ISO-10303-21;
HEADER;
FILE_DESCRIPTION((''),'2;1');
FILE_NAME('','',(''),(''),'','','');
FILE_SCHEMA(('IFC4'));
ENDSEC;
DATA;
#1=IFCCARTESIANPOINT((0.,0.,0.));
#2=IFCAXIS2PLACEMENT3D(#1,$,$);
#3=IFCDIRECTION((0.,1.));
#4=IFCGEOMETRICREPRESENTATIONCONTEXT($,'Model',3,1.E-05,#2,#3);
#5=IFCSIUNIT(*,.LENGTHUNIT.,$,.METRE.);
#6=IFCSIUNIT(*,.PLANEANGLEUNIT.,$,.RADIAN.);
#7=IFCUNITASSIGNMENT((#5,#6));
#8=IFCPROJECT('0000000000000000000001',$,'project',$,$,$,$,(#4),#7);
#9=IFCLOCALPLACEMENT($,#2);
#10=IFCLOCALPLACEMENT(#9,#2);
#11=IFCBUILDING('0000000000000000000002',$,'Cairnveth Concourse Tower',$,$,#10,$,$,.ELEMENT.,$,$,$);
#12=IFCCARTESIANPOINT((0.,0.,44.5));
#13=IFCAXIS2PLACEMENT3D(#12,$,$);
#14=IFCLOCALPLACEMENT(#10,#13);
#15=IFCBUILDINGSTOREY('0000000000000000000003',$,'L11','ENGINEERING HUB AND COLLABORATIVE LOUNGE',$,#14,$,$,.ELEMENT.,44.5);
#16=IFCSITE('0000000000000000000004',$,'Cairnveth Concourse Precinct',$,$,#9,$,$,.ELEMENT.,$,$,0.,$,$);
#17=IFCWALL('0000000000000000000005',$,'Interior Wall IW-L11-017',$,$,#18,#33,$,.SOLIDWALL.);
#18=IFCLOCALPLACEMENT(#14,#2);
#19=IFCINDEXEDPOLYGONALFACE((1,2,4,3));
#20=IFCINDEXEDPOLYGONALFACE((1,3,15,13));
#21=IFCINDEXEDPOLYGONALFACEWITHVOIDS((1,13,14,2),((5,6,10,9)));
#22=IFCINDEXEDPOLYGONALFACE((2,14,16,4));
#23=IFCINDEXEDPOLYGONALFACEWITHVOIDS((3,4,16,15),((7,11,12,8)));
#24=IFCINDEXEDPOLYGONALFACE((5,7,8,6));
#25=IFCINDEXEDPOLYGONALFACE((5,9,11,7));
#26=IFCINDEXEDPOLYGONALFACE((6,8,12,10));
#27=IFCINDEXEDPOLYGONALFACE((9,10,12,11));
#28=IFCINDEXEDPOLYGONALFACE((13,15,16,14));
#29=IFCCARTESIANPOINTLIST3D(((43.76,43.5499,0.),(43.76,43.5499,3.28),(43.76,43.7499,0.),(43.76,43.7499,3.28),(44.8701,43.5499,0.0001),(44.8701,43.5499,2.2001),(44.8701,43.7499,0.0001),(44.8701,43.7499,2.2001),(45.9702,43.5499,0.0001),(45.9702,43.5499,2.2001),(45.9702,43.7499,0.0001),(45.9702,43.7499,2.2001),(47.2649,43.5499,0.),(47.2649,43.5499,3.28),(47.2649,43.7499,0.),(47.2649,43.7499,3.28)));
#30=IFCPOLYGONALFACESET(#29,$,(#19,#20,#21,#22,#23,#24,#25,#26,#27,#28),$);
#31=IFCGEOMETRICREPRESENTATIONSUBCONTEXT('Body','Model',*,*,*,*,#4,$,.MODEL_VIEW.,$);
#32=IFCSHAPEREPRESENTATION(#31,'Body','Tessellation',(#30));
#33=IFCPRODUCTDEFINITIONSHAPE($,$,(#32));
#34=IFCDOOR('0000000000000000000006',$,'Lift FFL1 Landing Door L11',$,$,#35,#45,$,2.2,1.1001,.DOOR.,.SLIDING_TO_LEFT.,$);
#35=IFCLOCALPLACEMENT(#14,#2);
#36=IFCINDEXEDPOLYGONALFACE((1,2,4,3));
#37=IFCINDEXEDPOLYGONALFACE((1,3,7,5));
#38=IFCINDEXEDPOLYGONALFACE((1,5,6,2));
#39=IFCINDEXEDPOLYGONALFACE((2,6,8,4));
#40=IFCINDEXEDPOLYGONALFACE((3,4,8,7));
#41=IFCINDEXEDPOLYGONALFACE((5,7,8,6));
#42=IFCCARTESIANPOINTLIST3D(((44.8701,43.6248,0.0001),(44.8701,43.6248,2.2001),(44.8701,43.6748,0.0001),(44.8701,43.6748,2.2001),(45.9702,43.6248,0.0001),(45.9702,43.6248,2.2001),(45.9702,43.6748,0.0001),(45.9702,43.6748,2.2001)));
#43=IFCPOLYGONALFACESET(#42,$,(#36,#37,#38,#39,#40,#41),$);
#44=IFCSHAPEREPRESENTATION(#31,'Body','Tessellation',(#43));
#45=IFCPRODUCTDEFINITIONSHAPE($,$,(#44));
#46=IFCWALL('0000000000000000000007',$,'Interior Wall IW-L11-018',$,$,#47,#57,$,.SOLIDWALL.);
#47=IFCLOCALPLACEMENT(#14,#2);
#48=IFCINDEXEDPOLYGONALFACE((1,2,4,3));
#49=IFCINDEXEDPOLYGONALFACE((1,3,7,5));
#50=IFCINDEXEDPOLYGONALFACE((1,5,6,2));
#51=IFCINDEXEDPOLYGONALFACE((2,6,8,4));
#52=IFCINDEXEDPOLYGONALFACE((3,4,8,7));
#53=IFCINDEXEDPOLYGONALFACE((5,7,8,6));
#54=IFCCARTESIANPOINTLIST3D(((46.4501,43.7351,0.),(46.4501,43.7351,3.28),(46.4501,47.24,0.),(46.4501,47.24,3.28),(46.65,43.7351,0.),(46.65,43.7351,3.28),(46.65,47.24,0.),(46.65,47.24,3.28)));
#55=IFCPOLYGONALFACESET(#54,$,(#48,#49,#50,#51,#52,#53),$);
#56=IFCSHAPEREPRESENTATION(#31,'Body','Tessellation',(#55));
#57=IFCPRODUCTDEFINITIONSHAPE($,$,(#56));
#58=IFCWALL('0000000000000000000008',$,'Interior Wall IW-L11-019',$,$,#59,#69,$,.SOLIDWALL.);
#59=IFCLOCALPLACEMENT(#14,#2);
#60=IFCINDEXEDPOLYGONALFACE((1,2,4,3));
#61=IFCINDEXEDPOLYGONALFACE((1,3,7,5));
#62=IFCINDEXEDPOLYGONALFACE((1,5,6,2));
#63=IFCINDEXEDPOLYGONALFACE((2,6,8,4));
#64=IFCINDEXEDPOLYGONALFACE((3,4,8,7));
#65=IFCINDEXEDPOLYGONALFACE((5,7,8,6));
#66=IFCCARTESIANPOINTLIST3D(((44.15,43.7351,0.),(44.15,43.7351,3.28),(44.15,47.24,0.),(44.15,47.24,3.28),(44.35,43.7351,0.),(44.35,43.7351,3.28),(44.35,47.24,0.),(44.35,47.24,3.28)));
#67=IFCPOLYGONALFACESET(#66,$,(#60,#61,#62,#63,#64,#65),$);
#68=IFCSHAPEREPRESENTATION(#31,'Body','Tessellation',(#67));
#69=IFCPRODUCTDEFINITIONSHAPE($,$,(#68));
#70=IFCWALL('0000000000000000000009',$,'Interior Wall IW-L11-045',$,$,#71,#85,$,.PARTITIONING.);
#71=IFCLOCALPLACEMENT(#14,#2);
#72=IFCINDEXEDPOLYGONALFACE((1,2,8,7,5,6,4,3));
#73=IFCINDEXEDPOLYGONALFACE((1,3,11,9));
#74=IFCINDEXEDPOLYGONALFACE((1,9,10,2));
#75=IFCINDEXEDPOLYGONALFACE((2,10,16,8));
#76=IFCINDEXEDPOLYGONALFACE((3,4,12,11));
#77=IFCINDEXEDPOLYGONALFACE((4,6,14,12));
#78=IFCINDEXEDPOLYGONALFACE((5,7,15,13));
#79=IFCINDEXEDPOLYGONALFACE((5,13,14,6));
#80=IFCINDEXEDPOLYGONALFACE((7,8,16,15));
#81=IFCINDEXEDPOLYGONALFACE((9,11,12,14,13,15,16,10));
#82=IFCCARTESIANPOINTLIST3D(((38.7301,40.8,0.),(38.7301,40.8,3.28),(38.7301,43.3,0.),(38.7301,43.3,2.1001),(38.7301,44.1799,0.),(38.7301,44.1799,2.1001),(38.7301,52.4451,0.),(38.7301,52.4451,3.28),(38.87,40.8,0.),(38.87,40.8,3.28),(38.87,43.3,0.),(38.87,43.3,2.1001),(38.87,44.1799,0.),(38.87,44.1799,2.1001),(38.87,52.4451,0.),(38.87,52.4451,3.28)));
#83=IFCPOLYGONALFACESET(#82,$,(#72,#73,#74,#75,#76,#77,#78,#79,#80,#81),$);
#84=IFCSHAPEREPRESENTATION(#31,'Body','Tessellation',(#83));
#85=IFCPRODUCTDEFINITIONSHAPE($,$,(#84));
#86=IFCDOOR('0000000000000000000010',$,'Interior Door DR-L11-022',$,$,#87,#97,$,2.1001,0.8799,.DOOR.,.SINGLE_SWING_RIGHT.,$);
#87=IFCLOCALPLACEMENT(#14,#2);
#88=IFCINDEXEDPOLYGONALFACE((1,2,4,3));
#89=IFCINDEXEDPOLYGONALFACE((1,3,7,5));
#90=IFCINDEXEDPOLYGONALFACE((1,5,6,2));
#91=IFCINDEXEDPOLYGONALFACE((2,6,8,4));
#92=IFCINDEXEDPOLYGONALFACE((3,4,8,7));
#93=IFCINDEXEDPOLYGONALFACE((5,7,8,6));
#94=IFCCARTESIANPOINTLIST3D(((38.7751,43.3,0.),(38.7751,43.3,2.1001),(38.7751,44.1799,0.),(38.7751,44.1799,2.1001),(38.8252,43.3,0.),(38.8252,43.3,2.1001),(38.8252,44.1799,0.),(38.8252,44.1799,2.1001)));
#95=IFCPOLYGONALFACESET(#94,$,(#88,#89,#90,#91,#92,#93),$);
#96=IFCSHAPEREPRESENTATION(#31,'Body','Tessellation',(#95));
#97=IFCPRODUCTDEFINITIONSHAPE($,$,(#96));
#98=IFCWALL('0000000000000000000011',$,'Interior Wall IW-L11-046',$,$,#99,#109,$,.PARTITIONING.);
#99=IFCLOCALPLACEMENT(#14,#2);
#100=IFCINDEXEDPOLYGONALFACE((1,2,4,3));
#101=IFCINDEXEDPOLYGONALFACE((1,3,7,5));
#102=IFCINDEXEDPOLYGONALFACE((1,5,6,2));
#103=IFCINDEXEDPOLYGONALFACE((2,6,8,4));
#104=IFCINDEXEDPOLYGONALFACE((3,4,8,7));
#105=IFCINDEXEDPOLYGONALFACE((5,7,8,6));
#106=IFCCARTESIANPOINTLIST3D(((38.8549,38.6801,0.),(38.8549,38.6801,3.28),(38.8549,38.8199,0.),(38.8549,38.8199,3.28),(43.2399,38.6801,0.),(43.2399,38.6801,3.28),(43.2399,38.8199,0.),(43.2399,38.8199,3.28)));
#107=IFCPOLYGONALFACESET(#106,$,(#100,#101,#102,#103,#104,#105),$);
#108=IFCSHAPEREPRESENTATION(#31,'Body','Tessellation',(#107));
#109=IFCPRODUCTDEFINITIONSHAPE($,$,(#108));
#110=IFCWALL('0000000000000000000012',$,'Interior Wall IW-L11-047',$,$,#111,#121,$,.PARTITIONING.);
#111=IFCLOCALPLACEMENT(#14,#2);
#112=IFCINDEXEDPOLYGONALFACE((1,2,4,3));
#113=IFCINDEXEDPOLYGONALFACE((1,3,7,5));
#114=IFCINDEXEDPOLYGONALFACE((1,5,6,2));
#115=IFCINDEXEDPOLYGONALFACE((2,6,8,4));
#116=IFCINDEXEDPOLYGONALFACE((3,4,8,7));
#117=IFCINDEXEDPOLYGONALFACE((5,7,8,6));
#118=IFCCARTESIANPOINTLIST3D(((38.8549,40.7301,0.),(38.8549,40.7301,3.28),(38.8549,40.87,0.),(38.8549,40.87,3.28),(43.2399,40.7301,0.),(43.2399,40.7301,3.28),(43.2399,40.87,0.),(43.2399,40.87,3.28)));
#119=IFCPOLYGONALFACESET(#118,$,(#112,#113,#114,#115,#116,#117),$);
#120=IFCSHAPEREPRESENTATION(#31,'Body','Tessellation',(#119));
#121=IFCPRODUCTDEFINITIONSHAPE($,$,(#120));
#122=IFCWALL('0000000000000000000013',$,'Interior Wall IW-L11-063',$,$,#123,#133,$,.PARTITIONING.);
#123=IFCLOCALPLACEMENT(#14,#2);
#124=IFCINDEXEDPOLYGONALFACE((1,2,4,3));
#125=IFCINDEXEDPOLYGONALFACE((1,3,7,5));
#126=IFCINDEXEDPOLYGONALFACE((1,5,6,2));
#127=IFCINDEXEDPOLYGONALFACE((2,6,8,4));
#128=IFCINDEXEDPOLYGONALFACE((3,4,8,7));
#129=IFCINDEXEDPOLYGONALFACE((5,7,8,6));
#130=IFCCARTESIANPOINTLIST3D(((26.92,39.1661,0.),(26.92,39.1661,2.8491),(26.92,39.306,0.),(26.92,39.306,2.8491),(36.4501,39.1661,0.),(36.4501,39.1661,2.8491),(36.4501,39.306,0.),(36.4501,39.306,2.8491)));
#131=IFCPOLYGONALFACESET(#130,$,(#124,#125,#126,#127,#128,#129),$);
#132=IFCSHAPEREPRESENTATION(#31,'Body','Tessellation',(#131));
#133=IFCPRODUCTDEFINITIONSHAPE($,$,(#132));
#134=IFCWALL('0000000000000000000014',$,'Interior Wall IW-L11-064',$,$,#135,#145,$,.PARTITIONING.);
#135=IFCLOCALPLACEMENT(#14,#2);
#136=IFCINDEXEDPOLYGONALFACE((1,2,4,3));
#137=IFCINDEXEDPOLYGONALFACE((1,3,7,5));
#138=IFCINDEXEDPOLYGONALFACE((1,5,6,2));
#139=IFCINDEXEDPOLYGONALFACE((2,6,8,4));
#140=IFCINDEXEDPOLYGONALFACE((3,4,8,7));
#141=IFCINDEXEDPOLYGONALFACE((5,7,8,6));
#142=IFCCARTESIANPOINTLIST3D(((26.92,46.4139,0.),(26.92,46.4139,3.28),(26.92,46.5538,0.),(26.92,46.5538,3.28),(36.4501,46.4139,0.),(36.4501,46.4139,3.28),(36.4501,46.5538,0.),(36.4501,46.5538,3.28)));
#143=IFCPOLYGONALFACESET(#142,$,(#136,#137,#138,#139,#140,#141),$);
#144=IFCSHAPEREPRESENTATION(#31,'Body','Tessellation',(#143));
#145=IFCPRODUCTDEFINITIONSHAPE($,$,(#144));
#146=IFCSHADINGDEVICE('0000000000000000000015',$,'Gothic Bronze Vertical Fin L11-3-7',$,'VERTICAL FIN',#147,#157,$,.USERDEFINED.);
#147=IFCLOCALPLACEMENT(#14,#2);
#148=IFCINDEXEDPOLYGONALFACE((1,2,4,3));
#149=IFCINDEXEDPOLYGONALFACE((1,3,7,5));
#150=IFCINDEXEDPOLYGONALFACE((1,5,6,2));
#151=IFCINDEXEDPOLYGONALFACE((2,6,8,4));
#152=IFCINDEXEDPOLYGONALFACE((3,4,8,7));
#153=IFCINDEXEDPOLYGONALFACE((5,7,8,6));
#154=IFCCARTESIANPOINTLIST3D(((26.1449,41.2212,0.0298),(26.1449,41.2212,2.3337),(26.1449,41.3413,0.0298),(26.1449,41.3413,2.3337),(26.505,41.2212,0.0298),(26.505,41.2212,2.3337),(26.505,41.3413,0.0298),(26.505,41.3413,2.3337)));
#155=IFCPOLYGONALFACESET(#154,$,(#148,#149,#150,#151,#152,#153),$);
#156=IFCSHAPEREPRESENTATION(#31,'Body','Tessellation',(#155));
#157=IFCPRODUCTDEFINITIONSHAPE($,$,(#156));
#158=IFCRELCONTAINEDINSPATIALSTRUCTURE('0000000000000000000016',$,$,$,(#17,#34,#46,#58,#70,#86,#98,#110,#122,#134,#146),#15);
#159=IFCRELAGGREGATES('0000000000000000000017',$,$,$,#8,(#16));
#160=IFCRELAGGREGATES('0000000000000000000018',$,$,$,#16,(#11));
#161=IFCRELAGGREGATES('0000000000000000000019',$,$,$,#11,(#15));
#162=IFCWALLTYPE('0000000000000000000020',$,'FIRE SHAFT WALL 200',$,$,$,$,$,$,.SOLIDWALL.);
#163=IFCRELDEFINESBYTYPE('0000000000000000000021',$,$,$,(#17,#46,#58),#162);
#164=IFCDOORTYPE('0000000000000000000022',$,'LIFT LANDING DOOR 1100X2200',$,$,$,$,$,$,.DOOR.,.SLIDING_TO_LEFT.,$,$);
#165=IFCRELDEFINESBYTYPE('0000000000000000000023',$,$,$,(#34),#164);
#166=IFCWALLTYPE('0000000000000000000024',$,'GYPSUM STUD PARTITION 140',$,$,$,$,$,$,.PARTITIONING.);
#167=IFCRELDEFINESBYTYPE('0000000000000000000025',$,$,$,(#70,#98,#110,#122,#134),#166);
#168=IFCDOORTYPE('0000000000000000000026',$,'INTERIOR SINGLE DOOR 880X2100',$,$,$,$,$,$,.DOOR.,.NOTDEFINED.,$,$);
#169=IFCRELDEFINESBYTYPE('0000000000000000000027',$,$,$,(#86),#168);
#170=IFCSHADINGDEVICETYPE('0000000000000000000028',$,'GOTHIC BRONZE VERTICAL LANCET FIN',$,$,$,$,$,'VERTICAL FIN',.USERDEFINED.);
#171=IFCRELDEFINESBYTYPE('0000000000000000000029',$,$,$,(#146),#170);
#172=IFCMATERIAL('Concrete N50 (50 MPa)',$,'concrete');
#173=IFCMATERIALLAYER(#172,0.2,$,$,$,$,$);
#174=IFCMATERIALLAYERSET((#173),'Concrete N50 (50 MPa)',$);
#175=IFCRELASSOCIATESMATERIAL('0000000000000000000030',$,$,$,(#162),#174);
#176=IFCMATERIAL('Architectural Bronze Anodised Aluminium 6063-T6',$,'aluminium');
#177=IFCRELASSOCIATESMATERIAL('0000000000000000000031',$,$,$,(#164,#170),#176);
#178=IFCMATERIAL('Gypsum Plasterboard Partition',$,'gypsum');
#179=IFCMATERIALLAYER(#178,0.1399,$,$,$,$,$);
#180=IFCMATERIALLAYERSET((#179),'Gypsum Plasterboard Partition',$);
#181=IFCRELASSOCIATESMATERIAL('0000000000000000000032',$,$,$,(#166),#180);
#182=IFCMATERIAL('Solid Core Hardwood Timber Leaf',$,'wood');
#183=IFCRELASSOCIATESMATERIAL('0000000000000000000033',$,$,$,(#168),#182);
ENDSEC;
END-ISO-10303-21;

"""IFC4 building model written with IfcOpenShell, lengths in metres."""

from ifc_helpers import new_model, si_unit, direction, frame, frame_2d, origin, origin_2d, place, context, subcontext, project, spatial, rectangle, extrude, material, layer, layer_set, type_object, element, fill, save


model = new_model("IFC4")

# Units and contexts
model_context = context("Model", 3, precision=1e-05, world=origin(), true_north=direction((0.0, 1.0)))
body_context = subcontext(model_context, "Body", "Model", "MODEL_VIEW")
ifc_project = project(units=[si_unit("LENGTHUNIT", "METRE"), si_unit("PLANEANGLEUNIT", "RADIAN")], contexts=[model_context])

# Site, building, storey
site_placement = place(None, origin())
site = spatial("IfcSite", under=ifc_project, at=site_placement, Name="Cairnveth Concourse Precinct", CompositionType="ELEMENT", RefElevation=0.0)
building_placement = place(site_placement, origin())
building = spatial("IfcBuilding", under=site, at=building_placement, Name="Cairnveth Concourse Tower", CompositionType="ELEMENT")
storey_placement = place(building_placement, frame((0.0, 0.0, 44.5)))
storey = spatial("IfcBuildingStorey", under=building, at=storey_placement, Name="L11", Description="ENGINEERING HUB AND COLLABORATIVE LOUNGE", CompositionType="ELEMENT", Elevation=44.5)

# Shared definitions
ifc_material_1 = material(Name="Concrete N50 (50 MPa)", Category="concrete")

# Shared definitions
ifc_layer_1 = layer(ifc_material_1, 0.2)
ifc_layer_set_1 = layer_set([ifc_layer_1], Name="Concrete N50 (50 MPa)")
wall_type_1 = type_object("IfcWallType", Name="FIRE SHAFT WALL 200", PredefinedType="SOLIDWALL", material=ifc_layer_set_1)

# Wall, opening, door
wall_1_placement = place(storey_placement, frame((43.76, 43.6499, 0.0), z_axis=(0.0, 0.0, 1.0), x_axis=(1.0, 0.0, 0.0)))
wall_1 = element("IfcWall", 1, at=wall_1_placement, inside=storey, type_object=wall_type_1, Name="Interior Wall IW-L11-017", PredefinedType="SOLIDWALL", context=body_context, shape_type="SweptSolid", body=[
    extrude(rectangle(XDim=3.5049, YDim=0.2, at=frame_2d((1.7524, 0.0))), origin(), (0.0, 0.0, 1.0), 3.28),
])
opening_1_placement = place(wall_1_placement, frame((1.1101, 0.0, 0.0)))
opening_1 = element("IfcOpeningElement", 2, at=opening_1_placement, cuts=wall_1, PredefinedType="OPENING", context=body_context, shape_type="SweptSolid", body=[
    extrude(rectangle(XDim=1.1001, YDim=2.2, at=frame_2d((0.55, 1.1001))), frame((0.0, 0.1099, 0.0), z_axis=(0.0, -1.0, 0.0), x_axis=(1.0, 0.0, 0.0)), (0.0, 0.0, 1.0), 0.22),
])
ifc_material_2 = material(Name="Architectural Bronze Anodised Aluminium 6063-T6", Category="aluminium")
door_type_1 = type_object("IfcDoorType", Name="LIFT LANDING DOOR 1100X2200", OperationType="SLIDING_TO_LEFT", PredefinedType="DOOR", material=ifc_material_2)
door_1_placement = place(opening_1_placement, origin())
door_1 = element("IfcDoor", 3, at=door_1_placement, inside=storey, type_object=door_type_1, Name="Lift FFL1 Landing Door L11", OperationType="SLIDING_TO_LEFT", OverallHeight=2.2, OverallWidth=1.1001, PredefinedType="DOOR", context=body_context, shape_type="SweptSolid", body=[
    extrude(rectangle(XDim=1.1001, YDim=2.2, at=frame_2d((0.55, 1.1001))), frame((0.0, 0.0249, 0.0), z_axis=(0.0, -1.0, 0.0), x_axis=(1.0, 0.0, 0.0)), (0.0, 0.0, 1.0), 0.05),
])
fill(opening_1, door_1)

# Walls
for number, where, z_axis, x_axis, name in (
    (4, (46.55, 43.7351, 0.0), (0.0, 0.0, 1.0), (0.0, 1.0, 0.0), "Interior Wall IW-L11-018"),
    (5, (44.25, 43.7351, 0.0), (0.0, 0.0, 1.0), (0.0, 1.0, 0.0), "Interior Wall IW-L11-019"),
):
    element("IfcWall", number, at=place(storey_placement, frame(where, z_axis=z_axis, x_axis=x_axis)), inside=storey, type_object=wall_type_1, Name=name, PredefinedType="SOLIDWALL", context=body_context, shape_type="SweptSolid", body=[
        extrude(rectangle(XDim=3.5049, YDim=0.2, at=frame_2d((1.7524, 0.0))), origin(), (0.0, 0.0, 1.0), 3.28),
    ])

# Wall, opening, door
ifc_material_3 = material(Name="Gypsum Plasterboard Partition", Category="gypsum")
ifc_layer_2 = layer(ifc_material_3, 0.1399)
ifc_layer_set_2 = layer_set([ifc_layer_2], Name="Gypsum Plasterboard Partition")
wall_type_2 = type_object("IfcWallType", Name="GYPSUM STUD PARTITION 140", PredefinedType="PARTITIONING", material=ifc_layer_set_2)
wall_2_placement = place(storey_placement, frame((38.8, 40.8, 0.0), z_axis=(0.0, 0.0, 1.0), x_axis=(0.0, 1.0, 0.0)))
wall_2 = element("IfcWall", 6, at=wall_2_placement, inside=storey, type_object=wall_type_2, Name="Interior Wall IW-L11-045", PredefinedType="PARTITIONING", context=body_context, shape_type="SweptSolid", body=[
    extrude(rectangle(XDim=11.645, YDim=0.1399, at=frame_2d((5.8225, 0.0))), origin(), (0.0, 0.0, 1.0), 3.28),
])
opening_2_placement = place(wall_2_placement, frame((2.5, 0.0, 0.0)))
opening_2 = element("IfcOpeningElement", 7, at=opening_2_placement, cuts=wall_2, PredefinedType="OPENING", context=body_context, shape_type="SweptSolid", body=[
    extrude(rectangle(XDim=0.8799, YDim=2.1001, at=frame_2d((0.4399, 1.05))), frame((0.0, 0.0798, 0.0), z_axis=(0.0, -1.0, 0.0), x_axis=(1.0, 0.0, 0.0)), (0.0, 0.0, 1.0), 0.1599),
])
ifc_material_4 = material(Name="Solid Core Hardwood Timber Leaf", Category="wood")
door_type_2 = type_object("IfcDoorType", Name="INTERIOR SINGLE DOOR 880X2100", OperationType="NOTDEFINED", PredefinedType="DOOR", material=ifc_material_4)
door_2_placement = place(opening_2_placement, origin())
door_2 = element("IfcDoor", 8, at=door_2_placement, inside=storey, type_object=door_type_2, Name="Interior Door DR-L11-022", OperationType="SINGLE_SWING_RIGHT", OverallHeight=2.1001, OverallWidth=0.8799, PredefinedType="DOOR", context=body_context, shape_type="SweptSolid", body=[
    extrude(rectangle(XDim=0.8799, YDim=2.1001, at=frame_2d((0.4399, 1.05))), frame((0.0, 0.0249, 0.0), z_axis=(0.0, -1.0, 0.0), x_axis=(1.0, 0.0, 0.0)), (0.0, 0.0, 1.0), 0.05),
])
fill(opening_2, door_2)

# Walls
for number, where, z_axis, x_axis, name in (
    (9, (38.855, 38.75, 0.0), (0.0, 0.0, 1.0), (1.0, 0.0, 0.0), "Interior Wall IW-L11-046"),
    (10, (38.855, 40.8, 0.0), (0.0, 0.0, 1.0), (1.0, 0.0, 0.0), "Interior Wall IW-L11-047"),
):
    element("IfcWall", number, at=place(storey_placement, frame(where, z_axis=z_axis, x_axis=x_axis)), inside=storey, type_object=wall_type_2, Name=name, PredefinedType="PARTITIONING", context=body_context, shape_type="SweptSolid", body=[
        extrude(rectangle(XDim=4.385, YDim=0.1399, at=frame_2d((2.1924, 0.0))), origin(), (0.0, 0.0, 1.0), 3.28),
    ])
wall_3_placement = place(storey_placement, frame((26.9199, 39.2361, 0.0), z_axis=(0.0, 0.0, 1.0), x_axis=(1.0, 0.0, 0.0)))
element("IfcWall", 11, at=wall_3_placement, inside=storey, type_object=wall_type_2, Name="Interior Wall IW-L11-063", PredefinedType="PARTITIONING", context=body_context, shape_type="SweptSolid", body=[
    extrude(rectangle(XDim=9.53, YDim=0.1399, at=frame_2d((4.7651, 0.0))), origin(), (0.0, 0.0, 1.0), 2.8491),
])
wall_4_placement = place(storey_placement, frame((26.9199, 46.4839, 0.0), z_axis=(0.0, 0.0, 1.0), x_axis=(1.0, 0.0, 0.0)))
element("IfcWall", 12, at=wall_4_placement, inside=storey, type_object=wall_type_2, Name="Interior Wall IW-L11-064", PredefinedType="PARTITIONING", context=body_context, shape_type="SweptSolid", body=[
    extrude(rectangle(XDim=9.53, YDim=0.1399, at=frame_2d((4.7651, 0.0))), origin(), (0.0, 0.0, 1.0), 3.28),
])

# Shading device
shading_device_type = type_object("IfcShadingDeviceType", Name="GOTHIC BRONZE VERTICAL LANCET FIN", ElementType="VERTICAL FIN", PredefinedType="USERDEFINED", material=ifc_material_2)
shading_device_placement = place(storey_placement, frame((26.325, 41.2812, 0.0298), z_axis=(0.0, 0.0, 1.0), x_axis=(0.0, 1.0, 0.0)))
element("IfcShadingDevice", 13, at=shading_device_placement, inside=storey, type_object=shading_device_type, Name="Gothic Bronze Vertical Fin L11-3-7", ObjectType="VERTICAL FIN", PredefinedType="USERDEFINED", context=body_context, shape_type="SweptSolid", body=[
    extrude(rectangle(XDim=0.1201, YDim=0.3601, at=origin_2d()), origin(), (0.0, 0.0, 1.0), 2.304),
])

save(model, "model.ifc")
